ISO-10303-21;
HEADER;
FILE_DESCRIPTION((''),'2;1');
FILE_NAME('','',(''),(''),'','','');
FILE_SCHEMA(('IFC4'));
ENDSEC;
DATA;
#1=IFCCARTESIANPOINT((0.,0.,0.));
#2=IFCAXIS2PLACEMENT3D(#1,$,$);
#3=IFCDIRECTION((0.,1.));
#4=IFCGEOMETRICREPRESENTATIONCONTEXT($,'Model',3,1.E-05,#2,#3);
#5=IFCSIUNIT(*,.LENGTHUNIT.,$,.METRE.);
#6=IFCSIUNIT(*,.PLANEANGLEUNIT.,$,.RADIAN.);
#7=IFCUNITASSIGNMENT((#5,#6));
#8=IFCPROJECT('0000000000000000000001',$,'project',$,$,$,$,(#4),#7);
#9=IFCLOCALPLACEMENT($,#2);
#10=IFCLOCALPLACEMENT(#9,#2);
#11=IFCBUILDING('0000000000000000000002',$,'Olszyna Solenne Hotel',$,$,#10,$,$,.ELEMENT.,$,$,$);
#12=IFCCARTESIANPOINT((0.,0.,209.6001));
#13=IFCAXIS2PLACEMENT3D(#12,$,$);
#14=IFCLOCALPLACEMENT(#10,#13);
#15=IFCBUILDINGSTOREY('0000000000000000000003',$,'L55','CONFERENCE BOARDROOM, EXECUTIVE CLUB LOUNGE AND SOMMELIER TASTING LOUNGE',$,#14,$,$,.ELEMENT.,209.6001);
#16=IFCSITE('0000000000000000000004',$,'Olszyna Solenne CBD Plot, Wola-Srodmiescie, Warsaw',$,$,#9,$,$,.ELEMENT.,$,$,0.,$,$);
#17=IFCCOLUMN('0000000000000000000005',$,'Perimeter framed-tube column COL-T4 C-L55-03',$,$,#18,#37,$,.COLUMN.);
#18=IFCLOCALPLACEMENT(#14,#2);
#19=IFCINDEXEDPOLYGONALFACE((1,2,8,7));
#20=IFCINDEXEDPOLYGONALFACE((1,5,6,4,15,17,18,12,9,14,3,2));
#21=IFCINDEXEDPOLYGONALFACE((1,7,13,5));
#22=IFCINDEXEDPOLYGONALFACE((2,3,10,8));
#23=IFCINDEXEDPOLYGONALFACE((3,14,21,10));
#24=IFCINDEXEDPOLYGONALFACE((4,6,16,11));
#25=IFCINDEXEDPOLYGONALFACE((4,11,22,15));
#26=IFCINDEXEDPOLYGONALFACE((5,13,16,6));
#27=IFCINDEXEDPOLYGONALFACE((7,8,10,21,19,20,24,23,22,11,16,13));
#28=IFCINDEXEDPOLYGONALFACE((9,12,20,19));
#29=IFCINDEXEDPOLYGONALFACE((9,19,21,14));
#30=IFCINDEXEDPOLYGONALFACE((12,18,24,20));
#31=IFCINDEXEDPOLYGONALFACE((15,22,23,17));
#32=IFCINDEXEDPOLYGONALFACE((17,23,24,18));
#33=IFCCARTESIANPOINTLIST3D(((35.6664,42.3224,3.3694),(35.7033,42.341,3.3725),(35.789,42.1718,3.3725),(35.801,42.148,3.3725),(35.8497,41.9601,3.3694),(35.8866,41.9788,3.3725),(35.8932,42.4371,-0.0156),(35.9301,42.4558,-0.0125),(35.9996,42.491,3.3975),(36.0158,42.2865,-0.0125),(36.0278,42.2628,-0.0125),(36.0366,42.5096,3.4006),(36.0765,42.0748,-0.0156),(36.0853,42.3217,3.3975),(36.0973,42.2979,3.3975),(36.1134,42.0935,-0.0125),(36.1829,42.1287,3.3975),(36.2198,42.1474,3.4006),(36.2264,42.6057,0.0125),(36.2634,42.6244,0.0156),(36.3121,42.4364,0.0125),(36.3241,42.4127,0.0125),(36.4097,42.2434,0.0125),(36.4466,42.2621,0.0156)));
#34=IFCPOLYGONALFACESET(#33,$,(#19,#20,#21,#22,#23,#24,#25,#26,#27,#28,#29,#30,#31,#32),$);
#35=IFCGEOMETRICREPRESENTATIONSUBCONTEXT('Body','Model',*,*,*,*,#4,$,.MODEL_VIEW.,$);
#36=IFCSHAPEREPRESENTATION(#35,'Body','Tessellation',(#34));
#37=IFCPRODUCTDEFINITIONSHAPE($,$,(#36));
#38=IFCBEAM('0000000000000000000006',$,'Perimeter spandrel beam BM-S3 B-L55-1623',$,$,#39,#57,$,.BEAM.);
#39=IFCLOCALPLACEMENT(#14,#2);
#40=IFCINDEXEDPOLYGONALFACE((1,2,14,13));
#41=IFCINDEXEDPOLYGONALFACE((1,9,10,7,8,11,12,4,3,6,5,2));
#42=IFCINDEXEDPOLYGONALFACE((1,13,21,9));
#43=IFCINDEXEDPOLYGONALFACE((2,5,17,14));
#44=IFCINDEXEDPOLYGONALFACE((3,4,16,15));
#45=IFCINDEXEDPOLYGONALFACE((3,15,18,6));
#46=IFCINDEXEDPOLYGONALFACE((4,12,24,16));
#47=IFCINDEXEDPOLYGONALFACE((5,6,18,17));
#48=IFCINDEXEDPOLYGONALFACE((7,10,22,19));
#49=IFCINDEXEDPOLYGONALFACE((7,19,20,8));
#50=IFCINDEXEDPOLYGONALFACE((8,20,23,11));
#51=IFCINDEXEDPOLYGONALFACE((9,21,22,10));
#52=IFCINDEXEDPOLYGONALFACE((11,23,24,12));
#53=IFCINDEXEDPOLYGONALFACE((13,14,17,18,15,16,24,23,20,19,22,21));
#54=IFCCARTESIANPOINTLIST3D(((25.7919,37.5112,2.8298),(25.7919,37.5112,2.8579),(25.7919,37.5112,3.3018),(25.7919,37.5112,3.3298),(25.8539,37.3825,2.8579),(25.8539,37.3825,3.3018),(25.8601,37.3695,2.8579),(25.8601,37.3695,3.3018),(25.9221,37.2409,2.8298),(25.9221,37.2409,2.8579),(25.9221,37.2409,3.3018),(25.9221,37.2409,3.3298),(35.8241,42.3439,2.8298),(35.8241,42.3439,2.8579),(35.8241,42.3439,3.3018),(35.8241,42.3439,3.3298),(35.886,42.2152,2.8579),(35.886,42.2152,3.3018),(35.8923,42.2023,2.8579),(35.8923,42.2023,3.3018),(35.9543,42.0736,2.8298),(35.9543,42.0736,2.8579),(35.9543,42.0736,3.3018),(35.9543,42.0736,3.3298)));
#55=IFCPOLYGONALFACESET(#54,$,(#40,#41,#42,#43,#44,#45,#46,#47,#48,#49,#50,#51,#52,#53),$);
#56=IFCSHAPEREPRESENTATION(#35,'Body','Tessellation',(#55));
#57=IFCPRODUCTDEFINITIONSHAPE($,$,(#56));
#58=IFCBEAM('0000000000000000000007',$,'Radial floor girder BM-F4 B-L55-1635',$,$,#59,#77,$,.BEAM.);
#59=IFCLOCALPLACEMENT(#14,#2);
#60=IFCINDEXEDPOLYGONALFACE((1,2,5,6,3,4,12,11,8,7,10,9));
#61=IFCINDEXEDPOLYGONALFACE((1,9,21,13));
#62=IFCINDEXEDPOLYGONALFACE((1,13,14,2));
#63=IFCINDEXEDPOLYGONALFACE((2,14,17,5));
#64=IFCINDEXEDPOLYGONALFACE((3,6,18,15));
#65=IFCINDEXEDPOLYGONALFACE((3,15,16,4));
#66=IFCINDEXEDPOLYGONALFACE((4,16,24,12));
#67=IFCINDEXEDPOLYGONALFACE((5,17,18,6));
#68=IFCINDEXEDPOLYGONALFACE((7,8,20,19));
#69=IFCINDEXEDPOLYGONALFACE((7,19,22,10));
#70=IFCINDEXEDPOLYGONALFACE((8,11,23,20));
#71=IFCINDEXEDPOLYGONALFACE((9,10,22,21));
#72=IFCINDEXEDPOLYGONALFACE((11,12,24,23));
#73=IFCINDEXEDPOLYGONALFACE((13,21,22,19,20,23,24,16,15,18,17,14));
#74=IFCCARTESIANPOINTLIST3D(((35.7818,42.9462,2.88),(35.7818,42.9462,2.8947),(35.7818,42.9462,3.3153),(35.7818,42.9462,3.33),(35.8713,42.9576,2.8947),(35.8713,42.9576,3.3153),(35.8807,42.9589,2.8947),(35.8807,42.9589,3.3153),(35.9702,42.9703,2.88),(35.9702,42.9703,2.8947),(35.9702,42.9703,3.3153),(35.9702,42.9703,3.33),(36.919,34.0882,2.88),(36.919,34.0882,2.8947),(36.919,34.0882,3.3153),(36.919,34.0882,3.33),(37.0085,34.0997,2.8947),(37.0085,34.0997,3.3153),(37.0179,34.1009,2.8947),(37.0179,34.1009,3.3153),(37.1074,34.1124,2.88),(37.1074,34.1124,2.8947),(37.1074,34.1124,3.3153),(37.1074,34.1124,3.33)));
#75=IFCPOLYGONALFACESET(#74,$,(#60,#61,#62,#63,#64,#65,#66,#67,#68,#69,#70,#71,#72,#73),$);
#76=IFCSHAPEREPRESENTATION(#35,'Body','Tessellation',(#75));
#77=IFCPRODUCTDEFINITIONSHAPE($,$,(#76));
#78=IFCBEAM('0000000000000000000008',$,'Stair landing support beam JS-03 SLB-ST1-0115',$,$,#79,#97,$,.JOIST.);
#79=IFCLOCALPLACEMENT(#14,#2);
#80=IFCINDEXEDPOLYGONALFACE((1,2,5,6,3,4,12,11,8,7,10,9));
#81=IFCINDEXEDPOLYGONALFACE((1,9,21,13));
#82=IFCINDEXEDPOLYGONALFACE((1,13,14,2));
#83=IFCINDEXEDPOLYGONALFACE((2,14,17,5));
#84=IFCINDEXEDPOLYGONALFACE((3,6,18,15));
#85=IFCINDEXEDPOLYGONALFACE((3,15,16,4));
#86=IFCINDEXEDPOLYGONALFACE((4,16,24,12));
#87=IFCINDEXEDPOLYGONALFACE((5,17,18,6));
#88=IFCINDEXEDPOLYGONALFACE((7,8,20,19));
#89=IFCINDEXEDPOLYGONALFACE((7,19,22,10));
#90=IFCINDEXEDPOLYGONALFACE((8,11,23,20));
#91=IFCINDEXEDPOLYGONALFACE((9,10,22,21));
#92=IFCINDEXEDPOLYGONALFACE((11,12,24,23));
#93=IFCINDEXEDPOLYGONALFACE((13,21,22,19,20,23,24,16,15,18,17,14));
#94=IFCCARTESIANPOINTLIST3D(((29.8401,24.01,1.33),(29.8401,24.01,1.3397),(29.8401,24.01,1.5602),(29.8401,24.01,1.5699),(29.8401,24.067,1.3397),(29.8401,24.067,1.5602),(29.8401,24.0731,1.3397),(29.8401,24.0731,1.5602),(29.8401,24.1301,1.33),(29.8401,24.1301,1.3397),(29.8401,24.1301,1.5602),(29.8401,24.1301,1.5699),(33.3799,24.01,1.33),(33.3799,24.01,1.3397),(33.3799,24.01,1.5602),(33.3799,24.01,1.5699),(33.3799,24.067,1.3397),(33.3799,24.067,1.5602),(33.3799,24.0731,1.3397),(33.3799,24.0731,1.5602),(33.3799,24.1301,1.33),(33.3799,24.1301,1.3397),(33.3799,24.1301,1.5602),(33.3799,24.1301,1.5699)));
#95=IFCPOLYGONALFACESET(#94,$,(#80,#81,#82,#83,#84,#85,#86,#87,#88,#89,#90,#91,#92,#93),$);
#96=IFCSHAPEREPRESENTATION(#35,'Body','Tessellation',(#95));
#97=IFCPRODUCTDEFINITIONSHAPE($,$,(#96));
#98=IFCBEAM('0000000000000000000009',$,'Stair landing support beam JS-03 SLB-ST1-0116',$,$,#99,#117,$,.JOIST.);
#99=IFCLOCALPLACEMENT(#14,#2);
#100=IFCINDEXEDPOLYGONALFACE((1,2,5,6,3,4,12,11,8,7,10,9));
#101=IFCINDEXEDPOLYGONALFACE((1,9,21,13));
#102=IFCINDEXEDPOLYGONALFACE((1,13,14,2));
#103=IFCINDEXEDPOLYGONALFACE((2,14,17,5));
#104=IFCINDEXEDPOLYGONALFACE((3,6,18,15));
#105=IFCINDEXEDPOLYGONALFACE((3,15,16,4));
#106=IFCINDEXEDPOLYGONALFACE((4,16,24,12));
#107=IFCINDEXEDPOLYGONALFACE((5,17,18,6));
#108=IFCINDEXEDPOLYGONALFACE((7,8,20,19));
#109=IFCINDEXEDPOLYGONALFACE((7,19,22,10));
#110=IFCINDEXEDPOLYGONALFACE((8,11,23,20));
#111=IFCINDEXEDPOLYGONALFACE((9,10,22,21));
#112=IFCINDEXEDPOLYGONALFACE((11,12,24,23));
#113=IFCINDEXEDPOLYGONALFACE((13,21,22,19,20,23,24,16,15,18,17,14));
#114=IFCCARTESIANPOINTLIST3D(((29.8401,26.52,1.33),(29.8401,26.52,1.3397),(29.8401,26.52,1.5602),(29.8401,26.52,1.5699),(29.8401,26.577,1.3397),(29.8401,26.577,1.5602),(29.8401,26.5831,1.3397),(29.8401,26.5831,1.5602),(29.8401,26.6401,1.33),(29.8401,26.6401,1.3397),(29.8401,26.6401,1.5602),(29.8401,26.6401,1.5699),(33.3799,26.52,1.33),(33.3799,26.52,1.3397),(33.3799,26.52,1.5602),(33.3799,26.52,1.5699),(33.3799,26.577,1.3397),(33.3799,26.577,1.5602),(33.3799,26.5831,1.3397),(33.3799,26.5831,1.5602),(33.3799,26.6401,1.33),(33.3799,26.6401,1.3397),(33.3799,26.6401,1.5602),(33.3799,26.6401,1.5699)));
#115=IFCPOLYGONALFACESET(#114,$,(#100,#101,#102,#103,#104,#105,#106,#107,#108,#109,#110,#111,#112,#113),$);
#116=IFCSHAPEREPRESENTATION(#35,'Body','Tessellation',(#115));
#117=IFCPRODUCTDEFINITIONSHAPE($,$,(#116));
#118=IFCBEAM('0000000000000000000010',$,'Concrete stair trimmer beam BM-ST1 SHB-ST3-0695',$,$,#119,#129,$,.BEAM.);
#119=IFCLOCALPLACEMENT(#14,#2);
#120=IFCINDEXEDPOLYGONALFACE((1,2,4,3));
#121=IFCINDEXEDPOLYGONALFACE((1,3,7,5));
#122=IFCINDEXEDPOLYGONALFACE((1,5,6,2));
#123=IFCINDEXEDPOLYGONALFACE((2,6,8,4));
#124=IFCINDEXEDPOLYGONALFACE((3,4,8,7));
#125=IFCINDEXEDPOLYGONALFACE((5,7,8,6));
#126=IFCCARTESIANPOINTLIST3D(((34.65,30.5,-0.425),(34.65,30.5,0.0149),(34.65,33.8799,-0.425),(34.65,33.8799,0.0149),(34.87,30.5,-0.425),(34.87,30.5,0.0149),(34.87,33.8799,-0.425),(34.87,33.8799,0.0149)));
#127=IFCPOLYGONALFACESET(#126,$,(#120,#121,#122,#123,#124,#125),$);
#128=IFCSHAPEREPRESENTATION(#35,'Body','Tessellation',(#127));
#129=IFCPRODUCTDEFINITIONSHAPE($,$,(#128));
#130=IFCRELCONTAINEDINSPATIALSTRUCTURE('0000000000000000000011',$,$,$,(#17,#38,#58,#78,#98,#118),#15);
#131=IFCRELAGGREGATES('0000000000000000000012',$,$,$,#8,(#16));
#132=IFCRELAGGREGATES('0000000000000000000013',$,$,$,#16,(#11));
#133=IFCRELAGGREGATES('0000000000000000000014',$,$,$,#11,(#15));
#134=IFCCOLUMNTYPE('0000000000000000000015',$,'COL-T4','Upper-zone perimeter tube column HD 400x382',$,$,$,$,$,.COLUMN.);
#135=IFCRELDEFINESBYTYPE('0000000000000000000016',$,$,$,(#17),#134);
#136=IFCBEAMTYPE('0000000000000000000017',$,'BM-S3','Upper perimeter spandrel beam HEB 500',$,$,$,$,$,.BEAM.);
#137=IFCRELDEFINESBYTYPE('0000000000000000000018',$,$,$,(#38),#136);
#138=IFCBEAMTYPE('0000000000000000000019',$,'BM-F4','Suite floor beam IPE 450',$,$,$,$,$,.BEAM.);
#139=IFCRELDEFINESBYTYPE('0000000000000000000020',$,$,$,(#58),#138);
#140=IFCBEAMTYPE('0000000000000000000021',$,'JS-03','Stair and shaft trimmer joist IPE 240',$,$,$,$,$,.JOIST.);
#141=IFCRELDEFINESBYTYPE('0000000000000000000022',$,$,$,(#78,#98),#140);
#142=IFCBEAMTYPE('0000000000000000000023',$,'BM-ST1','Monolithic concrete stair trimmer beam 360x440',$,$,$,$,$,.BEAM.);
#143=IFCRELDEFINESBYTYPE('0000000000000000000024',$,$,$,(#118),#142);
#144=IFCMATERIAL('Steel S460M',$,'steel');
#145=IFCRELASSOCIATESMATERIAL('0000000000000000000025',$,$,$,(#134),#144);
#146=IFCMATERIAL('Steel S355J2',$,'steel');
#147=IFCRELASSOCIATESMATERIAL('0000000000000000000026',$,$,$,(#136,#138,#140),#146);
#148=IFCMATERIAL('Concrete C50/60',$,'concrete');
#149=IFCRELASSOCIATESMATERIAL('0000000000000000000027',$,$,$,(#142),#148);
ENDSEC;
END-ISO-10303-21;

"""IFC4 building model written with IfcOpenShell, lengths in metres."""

from ifc_helpers import new_model, si_unit, direction, frame, origin, origin_2d, place, context, subcontext, project, spatial, rectangle, i_section, extrude, source, transform, mapped, material, material_profile, profile_set, type_object, element, save


model = new_model("IFC4")

# Units and contexts
model_context = context("Model", 3, precision=1e-05, world=origin(), true_north=direction((0.0, 1.0)))
body_context = subcontext(model_context, "Body", "Model", "MODEL_VIEW")
ifc_project = project(units=[si_unit("LENGTHUNIT", "METRE"), si_unit("PLANEANGLEUNIT", "RADIAN")], contexts=[model_context])

# Site, building, storey
site_placement = place(None, origin())
site = spatial("IfcSite", under=ifc_project, at=site_placement, Name="Olszyna Solenne CBD Plot, Wola-Srodmiescie, Warsaw", CompositionType="ELEMENT", RefElevation=0.0)
building_placement = place(site_placement, origin())
building = spatial("IfcBuilding", under=site, at=building_placement, Name="Olszyna Solenne Hotel", CompositionType="ELEMENT")
storey_placement = place(building_placement, frame((0.0, 0.0, 209.6001)))
storey = spatial("IfcBuildingStorey", under=building, at=storey_placement, Name="L55", Description="CONFERENCE BOARDROOM, EXECUTIVE CLUB LOUNGE AND SOMMELIER TASTING LOUNGE", CompositionType="ELEMENT", Elevation=209.6001)

# Column
ifc_material_1 = material(Name="Steel S460M", Category="steel")
ifc_material_profile_1 = material_profile(ifc_material_1, i_section(OverallWidth=0.406, OverallDepth=0.416, WebThickness=0.0266, FlangeThickness=0.0415, at=origin_2d()), Name="HD 400x382", Category="load-bearing")
ifc_profile_set_1 = profile_set([ifc_material_profile_1], Name="Steel S460M")
column_type = type_object("IfcColumnType", Name="COL-T4", Description="Upper-zone perimeter tube column HD 400x382", PredefinedType="COLUMN", material=ifc_profile_set_1)
shared_shape_1 = source(origin(), body_context, "Body", "SweptSolid", [
    extrude(i_section(OverallWidth=0.406, OverallDepth=0.416, WebThickness=0.0266, FlangeThickness=0.0415, at=origin_2d()), origin(), (0.0, 0.0, 1.0), 3.3945),
])
column_placement = place(storey_placement, frame((36.1699, 42.3496, 0.0), z_axis=(-0.066815, -0.033803, 0.997193), x_axis=(0.451435, -0.892304, 0.0)))
element("IfcColumn", 1, at=column_placement, inside=storey, type_object=column_type, Name="Perimeter framed-tube column COL-T4 C-L55-03", PredefinedType="COLUMN", context=body_context, shape_type="MappedRepresentation", body=[
    mapped(shared_shape_1, transform((0.0, 0.0, 0.0), x_axis=(1.0, 0.0, 0.0), y_axis=(0.0, 1.0, 0.0), z_axis=(0.0, 0.0, 1.0), scale=1.0)),
])

# Beams
ifc_material_2 = material(Name="Steel S355J2", Category="steel")
ifc_material_profile_2 = material_profile(ifc_material_2, i_section(OverallWidth=0.3, OverallDepth=0.5, WebThickness=0.0144, FlangeThickness=0.0281, at=origin_2d()), Name="HEB 500", Category="load-bearing")
ifc_profile_set_2 = profile_set([ifc_material_profile_2], Name="Steel S355J2")
beam_type_1 = type_object("IfcBeamType", Name="BM-S3", Description="Upper perimeter spandrel beam HEB 500", PredefinedType="BEAM", material=ifc_profile_set_2)
shared_shape_2 = source(origin(), body_context, "Body", "SweptSolid", [
    extrude(i_section(OverallWidth=0.3, OverallDepth=0.5, WebThickness=0.0144, FlangeThickness=0.0281, at=origin_2d()), origin(), (0.0, 0.0, 1.0), 11.1355),
])
beam_1_placement = place(storey_placement, frame((35.8892, 42.2087, 3.0798), z_axis=(-0.900916, -0.433993, 0.0), x_axis=(0.433993, -0.900916, 0.0)))
element("IfcBeam", 2, at=beam_1_placement, inside=storey, type_object=beam_type_1, Name="Perimeter spandrel beam BM-S3 B-L55-1623", PredefinedType="BEAM", context=body_context, shape_type="MappedRepresentation", body=[
    mapped(shared_shape_2, transform((0.0, 0.0, 0.0), x_axis=(1.0, 0.0, 0.0), y_axis=(0.0, 1.0, 0.0), z_axis=(0.0, 0.0, 1.0), scale=1.0)),
])
ifc_material_profile_3 = material_profile(ifc_material_2, i_section(OverallWidth=0.1899, OverallDepth=0.45, WebThickness=0.0095, FlangeThickness=0.0146, at=origin_2d()), Name="IPE 450", Category="load-bearing")
ifc_profile_set_3 = profile_set([ifc_material_profile_3], Name="Steel S355J2")
beam_type_2 = type_object("IfcBeamType", Name="BM-F4", Description="Suite floor beam IPE 450", PredefinedType="BEAM", material=ifc_profile_set_3)
shared_shape_3 = source(origin(), body_context, "Body", "SweptSolid", [
    extrude(i_section(OverallWidth=0.1899, OverallDepth=0.45, WebThickness=0.0095, FlangeThickness=0.0146, at=origin_2d()), origin(), (0.0, 0.0, 1.0), 8.9307),
])
beam_2_placement = place(storey_placement, frame((35.876, 42.9583, 3.105), z_axis=(0.127338, -0.991859, 0.0), x_axis=(0.991859, 0.127338, 0.0)))
element("IfcBeam", 3, at=beam_2_placement, inside=storey, type_object=beam_type_2, Name="Radial floor girder BM-F4 B-L55-1635", PredefinedType="BEAM", context=body_context, shape_type="MappedRepresentation", body=[
    mapped(shared_shape_3, transform((0.0, 0.0, 0.0), x_axis=(1.0, 0.0, 0.0), y_axis=(0.0, 1.0, 0.0), z_axis=(0.0, 0.0, 1.0), scale=1.0)),
])
ifc_material_profile_4 = material_profile(ifc_material_2, i_section(OverallWidth=0.1201, OverallDepth=0.24, WebThickness=0.0061, FlangeThickness=0.0098, at=origin_2d()), Name="IPE 240", Category="load-bearing")
ifc_profile_set_4 = profile_set([ifc_material_profile_4], Name="Steel S355J2")
beam_type_3 = type_object("IfcBeamType", Name="JS-03", Description="Stair and shaft trimmer joist IPE 240", PredefinedType="JOIST", material=ifc_profile_set_4)
shared_shape_4 = source(origin(), body_context, "Body", "SweptSolid", [
    extrude(i_section(OverallWidth=0.1201, OverallDepth=0.24, WebThickness=0.0061, FlangeThickness=0.0098, at=origin_2d()), origin(), (0.0, 0.0, 1.0), 3.5398),
])
for number, where, z_axis, x_axis, name in (
    (4, (33.3799, 24.0701, 1.45), (-1.0, 0.0, 0.0), (0.0, -1.0, 0.0), "Stair landing support beam JS-03 SLB-ST1-0115"),
    (5, (33.3799, 26.5801, 1.45), (-1.0, 0.0, 0.0), (0.0, -1.0, 0.0), "Stair landing support beam JS-03 SLB-ST1-0116"),
):
    element("IfcBeam", number, at=place(storey_placement, frame(where, z_axis=z_axis, x_axis=x_axis)), inside=storey, type_object=beam_type_3, Name=name, PredefinedType="JOIST", context=body_context, shape_type="MappedRepresentation", body=[
        mapped(shared_shape_4, transform((0.0, 0.0, 0.0), x_axis=(1.0, 0.0, 0.0), y_axis=(0.0, 1.0, 0.0), z_axis=(0.0, 0.0, 1.0), scale=1.0)),
    ])
ifc_material_3 = material(Name="Concrete C50/60", Category="concrete")
ifc_material_profile_5 = material_profile(ifc_material_3, rectangle(XDim=0.22, YDim=0.4399, at=origin_2d()), Name="RC 220x440", Category="load-bearing")
ifc_profile_set_5 = profile_set([ifc_material_profile_5], Name="Concrete C50/60")
beam_type_4 = type_object("IfcBeamType", Name="BM-ST1", Description="Monolithic concrete stair trimmer beam 360x440", PredefinedType="BEAM", material=ifc_profile_set_5)
shared_shape_5 = source(origin(), body_context, "Body", "SweptSolid", [
    extrude(rectangle(XDim=0.22, YDim=0.4399, at=origin_2d()), origin(), (0.0, 0.0, 1.0), 3.3799),
])
beam_3_placement = place(storey_placement, frame((34.76, 30.5, -0.2051), z_axis=(0.0, 1.0, 0.0), x_axis=(-1.0, 0.0, 0.0)))
element("IfcBeam", 6, at=beam_3_placement, inside=storey, type_object=beam_type_4, Name="Concrete stair trimmer beam BM-ST1 SHB-ST3-0695", PredefinedType="BEAM", context=body_context, shape_type="MappedRepresentation", body=[
    mapped(shared_shape_5, transform((0.0, 0.0, 0.0), x_axis=(1.0, 0.0, 0.0), y_axis=(0.0, 1.0, 0.0), z_axis=(0.0, 0.0, 1.0), scale=1.0)),
])

save(model, "model.ifc")
